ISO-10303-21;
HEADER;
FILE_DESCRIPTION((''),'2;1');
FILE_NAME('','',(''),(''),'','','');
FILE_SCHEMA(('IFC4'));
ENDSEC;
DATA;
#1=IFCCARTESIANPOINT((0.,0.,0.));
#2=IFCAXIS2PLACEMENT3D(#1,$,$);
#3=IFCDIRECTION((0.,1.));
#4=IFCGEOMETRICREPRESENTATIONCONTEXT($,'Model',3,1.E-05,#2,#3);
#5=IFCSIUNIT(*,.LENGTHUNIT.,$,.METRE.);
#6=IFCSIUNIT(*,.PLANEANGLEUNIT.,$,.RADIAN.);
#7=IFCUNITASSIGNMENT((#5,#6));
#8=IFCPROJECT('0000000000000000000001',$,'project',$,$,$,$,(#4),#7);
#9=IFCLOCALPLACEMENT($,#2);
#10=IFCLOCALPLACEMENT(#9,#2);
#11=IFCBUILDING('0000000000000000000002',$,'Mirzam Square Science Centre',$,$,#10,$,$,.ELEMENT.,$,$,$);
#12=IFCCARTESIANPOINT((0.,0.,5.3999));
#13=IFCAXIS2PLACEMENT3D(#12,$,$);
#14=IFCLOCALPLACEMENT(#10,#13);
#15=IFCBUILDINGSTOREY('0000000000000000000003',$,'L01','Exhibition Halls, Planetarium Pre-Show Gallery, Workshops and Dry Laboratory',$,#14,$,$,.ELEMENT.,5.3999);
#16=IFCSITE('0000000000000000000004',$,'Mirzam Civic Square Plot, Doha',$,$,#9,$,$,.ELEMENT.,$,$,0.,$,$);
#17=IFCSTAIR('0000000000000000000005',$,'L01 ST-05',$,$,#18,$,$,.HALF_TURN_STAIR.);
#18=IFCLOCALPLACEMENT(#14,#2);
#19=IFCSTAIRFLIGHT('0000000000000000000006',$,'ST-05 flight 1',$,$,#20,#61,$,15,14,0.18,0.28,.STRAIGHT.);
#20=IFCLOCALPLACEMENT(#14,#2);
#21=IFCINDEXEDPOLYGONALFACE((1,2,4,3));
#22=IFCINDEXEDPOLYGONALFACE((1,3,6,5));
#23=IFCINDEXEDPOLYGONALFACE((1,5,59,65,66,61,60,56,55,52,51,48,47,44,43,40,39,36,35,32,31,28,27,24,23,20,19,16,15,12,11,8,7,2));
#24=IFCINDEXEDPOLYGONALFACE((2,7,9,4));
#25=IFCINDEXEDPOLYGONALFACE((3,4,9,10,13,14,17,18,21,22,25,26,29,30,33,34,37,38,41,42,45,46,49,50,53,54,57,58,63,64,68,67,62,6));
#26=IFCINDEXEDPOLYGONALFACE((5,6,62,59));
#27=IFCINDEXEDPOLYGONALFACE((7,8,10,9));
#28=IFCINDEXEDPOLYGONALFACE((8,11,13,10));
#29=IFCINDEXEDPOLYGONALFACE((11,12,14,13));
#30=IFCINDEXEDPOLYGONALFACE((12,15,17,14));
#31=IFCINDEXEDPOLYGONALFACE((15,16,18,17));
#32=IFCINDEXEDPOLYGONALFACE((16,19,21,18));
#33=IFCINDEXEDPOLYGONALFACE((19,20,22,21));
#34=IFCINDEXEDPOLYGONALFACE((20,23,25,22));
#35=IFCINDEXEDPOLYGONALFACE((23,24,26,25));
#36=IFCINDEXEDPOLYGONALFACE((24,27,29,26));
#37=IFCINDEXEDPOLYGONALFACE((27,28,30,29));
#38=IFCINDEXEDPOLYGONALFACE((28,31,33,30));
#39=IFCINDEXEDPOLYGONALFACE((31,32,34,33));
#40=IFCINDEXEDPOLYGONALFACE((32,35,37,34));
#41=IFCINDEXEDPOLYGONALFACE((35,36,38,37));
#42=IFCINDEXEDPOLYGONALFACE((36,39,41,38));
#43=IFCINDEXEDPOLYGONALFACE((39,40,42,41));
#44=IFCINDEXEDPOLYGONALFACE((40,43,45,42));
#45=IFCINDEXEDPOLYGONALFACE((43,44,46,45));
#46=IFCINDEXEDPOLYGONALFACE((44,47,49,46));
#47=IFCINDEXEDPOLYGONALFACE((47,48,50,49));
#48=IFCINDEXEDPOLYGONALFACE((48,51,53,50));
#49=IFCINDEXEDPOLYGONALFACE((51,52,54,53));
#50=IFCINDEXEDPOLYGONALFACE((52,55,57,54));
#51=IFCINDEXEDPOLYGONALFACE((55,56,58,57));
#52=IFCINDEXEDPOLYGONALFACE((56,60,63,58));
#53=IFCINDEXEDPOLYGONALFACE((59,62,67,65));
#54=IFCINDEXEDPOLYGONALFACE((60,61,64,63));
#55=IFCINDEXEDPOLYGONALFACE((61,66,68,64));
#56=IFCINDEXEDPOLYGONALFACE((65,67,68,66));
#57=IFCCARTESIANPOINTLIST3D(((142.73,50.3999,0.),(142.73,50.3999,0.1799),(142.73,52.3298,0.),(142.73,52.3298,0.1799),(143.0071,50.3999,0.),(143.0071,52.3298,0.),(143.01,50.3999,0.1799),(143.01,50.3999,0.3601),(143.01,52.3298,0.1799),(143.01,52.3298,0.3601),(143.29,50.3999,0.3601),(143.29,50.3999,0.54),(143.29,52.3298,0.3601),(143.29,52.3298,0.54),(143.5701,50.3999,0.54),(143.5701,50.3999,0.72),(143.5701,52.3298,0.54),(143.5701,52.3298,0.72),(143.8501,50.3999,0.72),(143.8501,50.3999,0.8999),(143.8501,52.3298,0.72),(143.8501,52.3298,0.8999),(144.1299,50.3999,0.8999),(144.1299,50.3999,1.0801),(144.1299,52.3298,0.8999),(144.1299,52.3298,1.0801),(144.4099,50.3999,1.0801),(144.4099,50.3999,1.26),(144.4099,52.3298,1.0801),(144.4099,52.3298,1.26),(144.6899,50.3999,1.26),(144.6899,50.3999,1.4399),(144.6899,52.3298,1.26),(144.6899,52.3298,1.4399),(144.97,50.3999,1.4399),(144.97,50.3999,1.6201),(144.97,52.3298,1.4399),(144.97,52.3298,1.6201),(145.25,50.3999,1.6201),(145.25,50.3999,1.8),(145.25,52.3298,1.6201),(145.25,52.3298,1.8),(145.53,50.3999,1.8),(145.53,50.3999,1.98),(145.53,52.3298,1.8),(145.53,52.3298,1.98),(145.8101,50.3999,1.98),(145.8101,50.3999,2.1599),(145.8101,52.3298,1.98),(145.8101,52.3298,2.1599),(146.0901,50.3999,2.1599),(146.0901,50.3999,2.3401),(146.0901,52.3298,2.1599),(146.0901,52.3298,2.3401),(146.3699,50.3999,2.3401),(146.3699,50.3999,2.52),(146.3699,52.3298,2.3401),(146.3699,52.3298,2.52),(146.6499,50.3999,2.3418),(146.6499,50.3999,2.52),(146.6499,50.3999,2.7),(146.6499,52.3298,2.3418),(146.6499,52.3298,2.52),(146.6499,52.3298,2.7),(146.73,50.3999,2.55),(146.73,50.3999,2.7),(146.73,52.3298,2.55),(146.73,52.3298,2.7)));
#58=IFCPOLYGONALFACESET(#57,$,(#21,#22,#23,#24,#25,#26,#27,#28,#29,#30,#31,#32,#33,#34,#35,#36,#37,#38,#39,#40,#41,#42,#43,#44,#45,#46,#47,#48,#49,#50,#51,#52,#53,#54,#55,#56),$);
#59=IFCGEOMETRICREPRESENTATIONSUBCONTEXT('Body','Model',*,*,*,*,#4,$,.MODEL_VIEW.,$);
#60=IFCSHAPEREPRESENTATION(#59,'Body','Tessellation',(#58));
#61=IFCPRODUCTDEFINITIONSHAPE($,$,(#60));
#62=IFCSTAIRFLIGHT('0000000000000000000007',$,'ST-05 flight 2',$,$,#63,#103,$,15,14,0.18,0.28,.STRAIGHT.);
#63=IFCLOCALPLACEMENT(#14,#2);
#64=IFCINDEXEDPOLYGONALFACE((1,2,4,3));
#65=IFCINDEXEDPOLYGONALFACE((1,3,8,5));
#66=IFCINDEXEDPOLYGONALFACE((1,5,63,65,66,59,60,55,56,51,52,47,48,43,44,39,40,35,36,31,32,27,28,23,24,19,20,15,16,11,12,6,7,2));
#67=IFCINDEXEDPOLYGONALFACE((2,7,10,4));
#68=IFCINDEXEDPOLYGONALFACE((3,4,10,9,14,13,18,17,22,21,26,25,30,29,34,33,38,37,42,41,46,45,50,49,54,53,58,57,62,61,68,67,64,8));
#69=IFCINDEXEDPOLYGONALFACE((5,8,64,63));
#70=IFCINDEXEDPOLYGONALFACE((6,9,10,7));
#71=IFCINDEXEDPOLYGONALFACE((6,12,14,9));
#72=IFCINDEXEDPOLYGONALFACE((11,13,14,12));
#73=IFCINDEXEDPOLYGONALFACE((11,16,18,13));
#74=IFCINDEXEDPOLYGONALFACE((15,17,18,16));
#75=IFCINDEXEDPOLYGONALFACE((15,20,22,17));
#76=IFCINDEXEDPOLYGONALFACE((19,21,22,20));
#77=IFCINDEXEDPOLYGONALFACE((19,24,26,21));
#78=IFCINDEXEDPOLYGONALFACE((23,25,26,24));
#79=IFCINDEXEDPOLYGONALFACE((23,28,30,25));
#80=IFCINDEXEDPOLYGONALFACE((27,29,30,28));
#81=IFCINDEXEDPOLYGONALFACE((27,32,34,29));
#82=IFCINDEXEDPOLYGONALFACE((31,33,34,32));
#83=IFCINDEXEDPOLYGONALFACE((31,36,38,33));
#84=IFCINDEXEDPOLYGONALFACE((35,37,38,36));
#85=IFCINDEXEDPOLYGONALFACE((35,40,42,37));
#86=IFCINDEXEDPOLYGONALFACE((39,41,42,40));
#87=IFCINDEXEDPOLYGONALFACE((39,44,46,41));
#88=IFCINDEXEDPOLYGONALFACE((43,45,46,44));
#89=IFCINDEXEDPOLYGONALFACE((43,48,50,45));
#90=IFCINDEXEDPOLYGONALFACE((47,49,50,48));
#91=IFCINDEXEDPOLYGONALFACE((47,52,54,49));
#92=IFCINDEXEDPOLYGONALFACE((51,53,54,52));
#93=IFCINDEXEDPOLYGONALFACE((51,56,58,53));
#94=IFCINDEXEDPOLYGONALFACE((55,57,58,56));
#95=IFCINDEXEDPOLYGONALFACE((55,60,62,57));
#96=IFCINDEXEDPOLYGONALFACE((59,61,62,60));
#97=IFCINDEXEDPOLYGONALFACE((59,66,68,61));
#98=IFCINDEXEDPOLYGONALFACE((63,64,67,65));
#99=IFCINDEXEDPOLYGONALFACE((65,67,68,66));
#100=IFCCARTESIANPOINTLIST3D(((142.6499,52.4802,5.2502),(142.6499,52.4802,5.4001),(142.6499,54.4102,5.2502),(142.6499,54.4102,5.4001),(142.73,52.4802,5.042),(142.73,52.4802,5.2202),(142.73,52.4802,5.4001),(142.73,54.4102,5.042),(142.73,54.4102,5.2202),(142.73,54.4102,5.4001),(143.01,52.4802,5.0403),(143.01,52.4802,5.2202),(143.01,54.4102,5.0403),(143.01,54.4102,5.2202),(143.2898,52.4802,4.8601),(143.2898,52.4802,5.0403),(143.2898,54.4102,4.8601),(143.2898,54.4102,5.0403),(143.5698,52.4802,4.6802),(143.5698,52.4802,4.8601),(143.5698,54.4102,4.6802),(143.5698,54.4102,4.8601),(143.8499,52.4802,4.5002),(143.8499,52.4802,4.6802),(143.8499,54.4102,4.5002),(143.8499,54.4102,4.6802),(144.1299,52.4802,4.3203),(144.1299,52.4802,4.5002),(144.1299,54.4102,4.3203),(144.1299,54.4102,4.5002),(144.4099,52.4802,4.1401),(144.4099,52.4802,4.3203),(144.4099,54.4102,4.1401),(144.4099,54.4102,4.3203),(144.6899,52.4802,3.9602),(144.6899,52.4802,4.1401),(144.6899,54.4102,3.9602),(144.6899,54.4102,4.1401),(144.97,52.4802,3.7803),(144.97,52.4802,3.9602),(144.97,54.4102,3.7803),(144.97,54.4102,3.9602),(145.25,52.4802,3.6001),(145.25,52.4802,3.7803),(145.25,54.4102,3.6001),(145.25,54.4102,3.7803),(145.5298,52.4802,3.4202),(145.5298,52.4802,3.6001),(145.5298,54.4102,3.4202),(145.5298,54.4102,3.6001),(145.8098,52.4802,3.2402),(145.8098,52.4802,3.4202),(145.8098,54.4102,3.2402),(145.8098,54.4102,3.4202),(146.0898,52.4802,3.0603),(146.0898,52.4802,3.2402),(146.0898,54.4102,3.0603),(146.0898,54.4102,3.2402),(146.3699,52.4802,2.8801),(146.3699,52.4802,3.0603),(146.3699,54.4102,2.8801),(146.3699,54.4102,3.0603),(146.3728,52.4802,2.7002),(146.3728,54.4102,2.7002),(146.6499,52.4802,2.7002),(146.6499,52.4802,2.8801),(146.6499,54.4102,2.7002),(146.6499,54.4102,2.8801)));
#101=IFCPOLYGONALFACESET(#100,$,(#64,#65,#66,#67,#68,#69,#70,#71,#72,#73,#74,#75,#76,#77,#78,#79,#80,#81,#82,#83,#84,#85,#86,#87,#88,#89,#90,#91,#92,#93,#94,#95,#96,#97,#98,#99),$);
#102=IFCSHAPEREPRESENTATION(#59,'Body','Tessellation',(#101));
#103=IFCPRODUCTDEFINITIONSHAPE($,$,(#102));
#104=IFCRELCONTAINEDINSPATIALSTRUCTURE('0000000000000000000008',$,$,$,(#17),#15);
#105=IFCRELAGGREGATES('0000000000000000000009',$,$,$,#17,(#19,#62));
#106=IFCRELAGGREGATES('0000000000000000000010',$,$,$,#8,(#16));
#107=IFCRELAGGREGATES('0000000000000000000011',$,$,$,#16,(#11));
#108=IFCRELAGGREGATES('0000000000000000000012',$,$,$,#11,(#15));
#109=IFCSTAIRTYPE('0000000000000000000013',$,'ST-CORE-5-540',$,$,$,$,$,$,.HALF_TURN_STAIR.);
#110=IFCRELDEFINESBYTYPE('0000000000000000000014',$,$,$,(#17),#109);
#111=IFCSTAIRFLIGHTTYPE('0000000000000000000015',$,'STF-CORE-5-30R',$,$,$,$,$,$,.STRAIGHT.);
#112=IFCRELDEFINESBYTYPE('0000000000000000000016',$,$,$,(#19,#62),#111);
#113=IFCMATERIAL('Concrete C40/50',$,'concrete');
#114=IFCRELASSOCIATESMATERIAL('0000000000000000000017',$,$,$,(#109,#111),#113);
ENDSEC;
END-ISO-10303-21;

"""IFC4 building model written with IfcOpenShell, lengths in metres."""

from ifc_helpers import new_model, si_unit, direction, frame, origin, place, context, subcontext, project, spatial, polyline, outline, extrude, material, type_object, element, aggregate, save


model = new_model("IFC4")

# Units and contexts
model_context = context("Model", 3, precision=1e-05, world=origin(), true_north=direction((0.0, 1.0)))
body_context = subcontext(model_context, "Body", "Model", "MODEL_VIEW")
ifc_project = project(units=[si_unit("LENGTHUNIT", "METRE"), si_unit("PLANEANGLEUNIT", "RADIAN")], contexts=[model_context])

# Site, building, storey
site_placement = place(None, origin())
site = spatial("IfcSite", under=ifc_project, at=site_placement, Name="Mirzam Civic Square Plot, Doha", CompositionType="ELEMENT", RefElevation=0.0)
building_placement = place(site_placement, origin())
building = spatial("IfcBuilding", under=site, at=building_placement, Name="Mirzam Square Science Centre", CompositionType="ELEMENT")
storey_placement = place(building_placement, frame((0.0, 0.0, 5.3999)))
storey = spatial("IfcBuildingStorey", under=building, at=storey_placement, Name="L01", Description="Exhibition Halls, Planetarium Pre-Show Gallery, Workshops and Dry Laboratory", CompositionType="ELEMENT", Elevation=5.3999)

# Stair, stair flights
ifc_material_1 = material(Name="Concrete C40/50", Category="concrete")
stair_type = type_object("IfcStairType", Name="ST-CORE-5-540", PredefinedType="HALF_TURN_STAIR", material=ifc_material_1)
stair_placement = place(storey_placement, origin())
stair = element("IfcStair", 1, at=stair_placement, inside=storey, type_object=stair_type, Name="L01 ST-05", PredefinedType="HALF_TURN_STAIR")
stair_flight_type = type_object("IfcStairFlightType", Name="STF-CORE-5-30R", PredefinedType="STRAIGHT", material=ifc_material_1)
stair_flight_1_placement = place(storey_placement, frame((142.73, 51.365, 0.0), z_axis=(0.0, 0.0, 1.0), x_axis=(1.0, 0.0, 0.0)))
stair_flight_1 = element("IfcStairFlight", 2, at=stair_flight_1_placement, type_object=stair_flight_type, Name="ST-05 flight 1", NumberOfRisers=15, NumberOfTreads=14, PredefinedType="STRAIGHT", RiserHeight=0.18, TreadLength=0.28, context=body_context, shape_type="SweptSolid", body=[
    extrude(outline(polyline([(0.0, 0.0), (0.0, 0.1799), (0.28, 0.1799), (0.28, 0.3601), (0.5601, 0.3601), (0.5601, 0.54), (0.8401, 0.54), (0.8401, 0.72), (1.1201, 0.72), (1.1201, 0.8999), (1.3999, 0.8999), (1.3999, 1.0801), (1.6799, 1.0801), (1.6799, 1.26), (1.96, 1.26), (1.96, 1.4399), (2.24, 1.4399), (2.24, 1.6201), (2.52, 1.6201), (2.52, 1.8), (2.8, 1.8), (2.8, 1.98), (3.0801, 1.98), (3.0801, 2.1599), (3.3601, 2.1599), (3.3601, 2.3401), (3.6399, 2.3401), (3.6399, 2.52), (3.9199, 2.52), (3.9199, 2.7), (4.0, 2.7), (4.0, 2.55), (3.9199, 2.3418), (0.2771, 0.0), (0.0, 0.0)])), frame((0.0, 0.9648, 0.0), z_axis=(0.0, -1.0, 0.0), x_axis=(1.0, 0.0, 0.0)), (0.0, 0.0, 1.0), 1.9299),
])
stair_flight_2_placement = place(storey_placement, frame((146.6499, 53.4451, 2.7002), z_axis=(0.0, 0.0, 1.0), x_axis=(-1.0, 0.0, 0.0)))
stair_flight_2 = element("IfcStairFlight", 3, at=stair_flight_2_placement, type_object=stair_flight_type, Name="ST-05 flight 2", NumberOfRisers=15, NumberOfTreads=14, PredefinedType="STRAIGHT", RiserHeight=0.18, TreadLength=0.28, context=body_context, shape_type="SweptSolid", body=[
    extrude(outline(polyline([(0.0, 0.0), (0.0, 0.1799), (0.28, 0.1799), (0.28, 0.3601), (0.5601, 0.3601), (0.5601, 0.54), (0.8401, 0.54), (0.8401, 0.72), (1.1201, 0.72), (1.1201, 0.8999), (1.3999, 0.8999), (1.3999, 1.0801), (1.6799, 1.0801), (1.6799, 1.26), (1.96, 1.26), (1.96, 1.4399), (2.24, 1.4399), (2.24, 1.6201), (2.52, 1.6201), (2.52, 1.8), (2.8, 1.8), (2.8, 1.98), (3.0801, 1.98), (3.0801, 2.1599), (3.3601, 2.1599), (3.3601, 2.3401), (3.6399, 2.3401), (3.6399, 2.52), (3.9199, 2.52), (3.9199, 2.7), (4.0, 2.7), (4.0, 2.55), (3.9199, 2.3418), (0.2771, 0.0), (0.0, 0.0)])), frame((0.0, 0.9648, 0.0), z_axis=(0.0, -1.0, 0.0), x_axis=(1.0, 0.0, 0.0)), (0.0, 0.0, 1.0), 1.9299),
])
aggregate(stair, [stair_flight_1, stair_flight_2])

save(model, "model.ifc")
